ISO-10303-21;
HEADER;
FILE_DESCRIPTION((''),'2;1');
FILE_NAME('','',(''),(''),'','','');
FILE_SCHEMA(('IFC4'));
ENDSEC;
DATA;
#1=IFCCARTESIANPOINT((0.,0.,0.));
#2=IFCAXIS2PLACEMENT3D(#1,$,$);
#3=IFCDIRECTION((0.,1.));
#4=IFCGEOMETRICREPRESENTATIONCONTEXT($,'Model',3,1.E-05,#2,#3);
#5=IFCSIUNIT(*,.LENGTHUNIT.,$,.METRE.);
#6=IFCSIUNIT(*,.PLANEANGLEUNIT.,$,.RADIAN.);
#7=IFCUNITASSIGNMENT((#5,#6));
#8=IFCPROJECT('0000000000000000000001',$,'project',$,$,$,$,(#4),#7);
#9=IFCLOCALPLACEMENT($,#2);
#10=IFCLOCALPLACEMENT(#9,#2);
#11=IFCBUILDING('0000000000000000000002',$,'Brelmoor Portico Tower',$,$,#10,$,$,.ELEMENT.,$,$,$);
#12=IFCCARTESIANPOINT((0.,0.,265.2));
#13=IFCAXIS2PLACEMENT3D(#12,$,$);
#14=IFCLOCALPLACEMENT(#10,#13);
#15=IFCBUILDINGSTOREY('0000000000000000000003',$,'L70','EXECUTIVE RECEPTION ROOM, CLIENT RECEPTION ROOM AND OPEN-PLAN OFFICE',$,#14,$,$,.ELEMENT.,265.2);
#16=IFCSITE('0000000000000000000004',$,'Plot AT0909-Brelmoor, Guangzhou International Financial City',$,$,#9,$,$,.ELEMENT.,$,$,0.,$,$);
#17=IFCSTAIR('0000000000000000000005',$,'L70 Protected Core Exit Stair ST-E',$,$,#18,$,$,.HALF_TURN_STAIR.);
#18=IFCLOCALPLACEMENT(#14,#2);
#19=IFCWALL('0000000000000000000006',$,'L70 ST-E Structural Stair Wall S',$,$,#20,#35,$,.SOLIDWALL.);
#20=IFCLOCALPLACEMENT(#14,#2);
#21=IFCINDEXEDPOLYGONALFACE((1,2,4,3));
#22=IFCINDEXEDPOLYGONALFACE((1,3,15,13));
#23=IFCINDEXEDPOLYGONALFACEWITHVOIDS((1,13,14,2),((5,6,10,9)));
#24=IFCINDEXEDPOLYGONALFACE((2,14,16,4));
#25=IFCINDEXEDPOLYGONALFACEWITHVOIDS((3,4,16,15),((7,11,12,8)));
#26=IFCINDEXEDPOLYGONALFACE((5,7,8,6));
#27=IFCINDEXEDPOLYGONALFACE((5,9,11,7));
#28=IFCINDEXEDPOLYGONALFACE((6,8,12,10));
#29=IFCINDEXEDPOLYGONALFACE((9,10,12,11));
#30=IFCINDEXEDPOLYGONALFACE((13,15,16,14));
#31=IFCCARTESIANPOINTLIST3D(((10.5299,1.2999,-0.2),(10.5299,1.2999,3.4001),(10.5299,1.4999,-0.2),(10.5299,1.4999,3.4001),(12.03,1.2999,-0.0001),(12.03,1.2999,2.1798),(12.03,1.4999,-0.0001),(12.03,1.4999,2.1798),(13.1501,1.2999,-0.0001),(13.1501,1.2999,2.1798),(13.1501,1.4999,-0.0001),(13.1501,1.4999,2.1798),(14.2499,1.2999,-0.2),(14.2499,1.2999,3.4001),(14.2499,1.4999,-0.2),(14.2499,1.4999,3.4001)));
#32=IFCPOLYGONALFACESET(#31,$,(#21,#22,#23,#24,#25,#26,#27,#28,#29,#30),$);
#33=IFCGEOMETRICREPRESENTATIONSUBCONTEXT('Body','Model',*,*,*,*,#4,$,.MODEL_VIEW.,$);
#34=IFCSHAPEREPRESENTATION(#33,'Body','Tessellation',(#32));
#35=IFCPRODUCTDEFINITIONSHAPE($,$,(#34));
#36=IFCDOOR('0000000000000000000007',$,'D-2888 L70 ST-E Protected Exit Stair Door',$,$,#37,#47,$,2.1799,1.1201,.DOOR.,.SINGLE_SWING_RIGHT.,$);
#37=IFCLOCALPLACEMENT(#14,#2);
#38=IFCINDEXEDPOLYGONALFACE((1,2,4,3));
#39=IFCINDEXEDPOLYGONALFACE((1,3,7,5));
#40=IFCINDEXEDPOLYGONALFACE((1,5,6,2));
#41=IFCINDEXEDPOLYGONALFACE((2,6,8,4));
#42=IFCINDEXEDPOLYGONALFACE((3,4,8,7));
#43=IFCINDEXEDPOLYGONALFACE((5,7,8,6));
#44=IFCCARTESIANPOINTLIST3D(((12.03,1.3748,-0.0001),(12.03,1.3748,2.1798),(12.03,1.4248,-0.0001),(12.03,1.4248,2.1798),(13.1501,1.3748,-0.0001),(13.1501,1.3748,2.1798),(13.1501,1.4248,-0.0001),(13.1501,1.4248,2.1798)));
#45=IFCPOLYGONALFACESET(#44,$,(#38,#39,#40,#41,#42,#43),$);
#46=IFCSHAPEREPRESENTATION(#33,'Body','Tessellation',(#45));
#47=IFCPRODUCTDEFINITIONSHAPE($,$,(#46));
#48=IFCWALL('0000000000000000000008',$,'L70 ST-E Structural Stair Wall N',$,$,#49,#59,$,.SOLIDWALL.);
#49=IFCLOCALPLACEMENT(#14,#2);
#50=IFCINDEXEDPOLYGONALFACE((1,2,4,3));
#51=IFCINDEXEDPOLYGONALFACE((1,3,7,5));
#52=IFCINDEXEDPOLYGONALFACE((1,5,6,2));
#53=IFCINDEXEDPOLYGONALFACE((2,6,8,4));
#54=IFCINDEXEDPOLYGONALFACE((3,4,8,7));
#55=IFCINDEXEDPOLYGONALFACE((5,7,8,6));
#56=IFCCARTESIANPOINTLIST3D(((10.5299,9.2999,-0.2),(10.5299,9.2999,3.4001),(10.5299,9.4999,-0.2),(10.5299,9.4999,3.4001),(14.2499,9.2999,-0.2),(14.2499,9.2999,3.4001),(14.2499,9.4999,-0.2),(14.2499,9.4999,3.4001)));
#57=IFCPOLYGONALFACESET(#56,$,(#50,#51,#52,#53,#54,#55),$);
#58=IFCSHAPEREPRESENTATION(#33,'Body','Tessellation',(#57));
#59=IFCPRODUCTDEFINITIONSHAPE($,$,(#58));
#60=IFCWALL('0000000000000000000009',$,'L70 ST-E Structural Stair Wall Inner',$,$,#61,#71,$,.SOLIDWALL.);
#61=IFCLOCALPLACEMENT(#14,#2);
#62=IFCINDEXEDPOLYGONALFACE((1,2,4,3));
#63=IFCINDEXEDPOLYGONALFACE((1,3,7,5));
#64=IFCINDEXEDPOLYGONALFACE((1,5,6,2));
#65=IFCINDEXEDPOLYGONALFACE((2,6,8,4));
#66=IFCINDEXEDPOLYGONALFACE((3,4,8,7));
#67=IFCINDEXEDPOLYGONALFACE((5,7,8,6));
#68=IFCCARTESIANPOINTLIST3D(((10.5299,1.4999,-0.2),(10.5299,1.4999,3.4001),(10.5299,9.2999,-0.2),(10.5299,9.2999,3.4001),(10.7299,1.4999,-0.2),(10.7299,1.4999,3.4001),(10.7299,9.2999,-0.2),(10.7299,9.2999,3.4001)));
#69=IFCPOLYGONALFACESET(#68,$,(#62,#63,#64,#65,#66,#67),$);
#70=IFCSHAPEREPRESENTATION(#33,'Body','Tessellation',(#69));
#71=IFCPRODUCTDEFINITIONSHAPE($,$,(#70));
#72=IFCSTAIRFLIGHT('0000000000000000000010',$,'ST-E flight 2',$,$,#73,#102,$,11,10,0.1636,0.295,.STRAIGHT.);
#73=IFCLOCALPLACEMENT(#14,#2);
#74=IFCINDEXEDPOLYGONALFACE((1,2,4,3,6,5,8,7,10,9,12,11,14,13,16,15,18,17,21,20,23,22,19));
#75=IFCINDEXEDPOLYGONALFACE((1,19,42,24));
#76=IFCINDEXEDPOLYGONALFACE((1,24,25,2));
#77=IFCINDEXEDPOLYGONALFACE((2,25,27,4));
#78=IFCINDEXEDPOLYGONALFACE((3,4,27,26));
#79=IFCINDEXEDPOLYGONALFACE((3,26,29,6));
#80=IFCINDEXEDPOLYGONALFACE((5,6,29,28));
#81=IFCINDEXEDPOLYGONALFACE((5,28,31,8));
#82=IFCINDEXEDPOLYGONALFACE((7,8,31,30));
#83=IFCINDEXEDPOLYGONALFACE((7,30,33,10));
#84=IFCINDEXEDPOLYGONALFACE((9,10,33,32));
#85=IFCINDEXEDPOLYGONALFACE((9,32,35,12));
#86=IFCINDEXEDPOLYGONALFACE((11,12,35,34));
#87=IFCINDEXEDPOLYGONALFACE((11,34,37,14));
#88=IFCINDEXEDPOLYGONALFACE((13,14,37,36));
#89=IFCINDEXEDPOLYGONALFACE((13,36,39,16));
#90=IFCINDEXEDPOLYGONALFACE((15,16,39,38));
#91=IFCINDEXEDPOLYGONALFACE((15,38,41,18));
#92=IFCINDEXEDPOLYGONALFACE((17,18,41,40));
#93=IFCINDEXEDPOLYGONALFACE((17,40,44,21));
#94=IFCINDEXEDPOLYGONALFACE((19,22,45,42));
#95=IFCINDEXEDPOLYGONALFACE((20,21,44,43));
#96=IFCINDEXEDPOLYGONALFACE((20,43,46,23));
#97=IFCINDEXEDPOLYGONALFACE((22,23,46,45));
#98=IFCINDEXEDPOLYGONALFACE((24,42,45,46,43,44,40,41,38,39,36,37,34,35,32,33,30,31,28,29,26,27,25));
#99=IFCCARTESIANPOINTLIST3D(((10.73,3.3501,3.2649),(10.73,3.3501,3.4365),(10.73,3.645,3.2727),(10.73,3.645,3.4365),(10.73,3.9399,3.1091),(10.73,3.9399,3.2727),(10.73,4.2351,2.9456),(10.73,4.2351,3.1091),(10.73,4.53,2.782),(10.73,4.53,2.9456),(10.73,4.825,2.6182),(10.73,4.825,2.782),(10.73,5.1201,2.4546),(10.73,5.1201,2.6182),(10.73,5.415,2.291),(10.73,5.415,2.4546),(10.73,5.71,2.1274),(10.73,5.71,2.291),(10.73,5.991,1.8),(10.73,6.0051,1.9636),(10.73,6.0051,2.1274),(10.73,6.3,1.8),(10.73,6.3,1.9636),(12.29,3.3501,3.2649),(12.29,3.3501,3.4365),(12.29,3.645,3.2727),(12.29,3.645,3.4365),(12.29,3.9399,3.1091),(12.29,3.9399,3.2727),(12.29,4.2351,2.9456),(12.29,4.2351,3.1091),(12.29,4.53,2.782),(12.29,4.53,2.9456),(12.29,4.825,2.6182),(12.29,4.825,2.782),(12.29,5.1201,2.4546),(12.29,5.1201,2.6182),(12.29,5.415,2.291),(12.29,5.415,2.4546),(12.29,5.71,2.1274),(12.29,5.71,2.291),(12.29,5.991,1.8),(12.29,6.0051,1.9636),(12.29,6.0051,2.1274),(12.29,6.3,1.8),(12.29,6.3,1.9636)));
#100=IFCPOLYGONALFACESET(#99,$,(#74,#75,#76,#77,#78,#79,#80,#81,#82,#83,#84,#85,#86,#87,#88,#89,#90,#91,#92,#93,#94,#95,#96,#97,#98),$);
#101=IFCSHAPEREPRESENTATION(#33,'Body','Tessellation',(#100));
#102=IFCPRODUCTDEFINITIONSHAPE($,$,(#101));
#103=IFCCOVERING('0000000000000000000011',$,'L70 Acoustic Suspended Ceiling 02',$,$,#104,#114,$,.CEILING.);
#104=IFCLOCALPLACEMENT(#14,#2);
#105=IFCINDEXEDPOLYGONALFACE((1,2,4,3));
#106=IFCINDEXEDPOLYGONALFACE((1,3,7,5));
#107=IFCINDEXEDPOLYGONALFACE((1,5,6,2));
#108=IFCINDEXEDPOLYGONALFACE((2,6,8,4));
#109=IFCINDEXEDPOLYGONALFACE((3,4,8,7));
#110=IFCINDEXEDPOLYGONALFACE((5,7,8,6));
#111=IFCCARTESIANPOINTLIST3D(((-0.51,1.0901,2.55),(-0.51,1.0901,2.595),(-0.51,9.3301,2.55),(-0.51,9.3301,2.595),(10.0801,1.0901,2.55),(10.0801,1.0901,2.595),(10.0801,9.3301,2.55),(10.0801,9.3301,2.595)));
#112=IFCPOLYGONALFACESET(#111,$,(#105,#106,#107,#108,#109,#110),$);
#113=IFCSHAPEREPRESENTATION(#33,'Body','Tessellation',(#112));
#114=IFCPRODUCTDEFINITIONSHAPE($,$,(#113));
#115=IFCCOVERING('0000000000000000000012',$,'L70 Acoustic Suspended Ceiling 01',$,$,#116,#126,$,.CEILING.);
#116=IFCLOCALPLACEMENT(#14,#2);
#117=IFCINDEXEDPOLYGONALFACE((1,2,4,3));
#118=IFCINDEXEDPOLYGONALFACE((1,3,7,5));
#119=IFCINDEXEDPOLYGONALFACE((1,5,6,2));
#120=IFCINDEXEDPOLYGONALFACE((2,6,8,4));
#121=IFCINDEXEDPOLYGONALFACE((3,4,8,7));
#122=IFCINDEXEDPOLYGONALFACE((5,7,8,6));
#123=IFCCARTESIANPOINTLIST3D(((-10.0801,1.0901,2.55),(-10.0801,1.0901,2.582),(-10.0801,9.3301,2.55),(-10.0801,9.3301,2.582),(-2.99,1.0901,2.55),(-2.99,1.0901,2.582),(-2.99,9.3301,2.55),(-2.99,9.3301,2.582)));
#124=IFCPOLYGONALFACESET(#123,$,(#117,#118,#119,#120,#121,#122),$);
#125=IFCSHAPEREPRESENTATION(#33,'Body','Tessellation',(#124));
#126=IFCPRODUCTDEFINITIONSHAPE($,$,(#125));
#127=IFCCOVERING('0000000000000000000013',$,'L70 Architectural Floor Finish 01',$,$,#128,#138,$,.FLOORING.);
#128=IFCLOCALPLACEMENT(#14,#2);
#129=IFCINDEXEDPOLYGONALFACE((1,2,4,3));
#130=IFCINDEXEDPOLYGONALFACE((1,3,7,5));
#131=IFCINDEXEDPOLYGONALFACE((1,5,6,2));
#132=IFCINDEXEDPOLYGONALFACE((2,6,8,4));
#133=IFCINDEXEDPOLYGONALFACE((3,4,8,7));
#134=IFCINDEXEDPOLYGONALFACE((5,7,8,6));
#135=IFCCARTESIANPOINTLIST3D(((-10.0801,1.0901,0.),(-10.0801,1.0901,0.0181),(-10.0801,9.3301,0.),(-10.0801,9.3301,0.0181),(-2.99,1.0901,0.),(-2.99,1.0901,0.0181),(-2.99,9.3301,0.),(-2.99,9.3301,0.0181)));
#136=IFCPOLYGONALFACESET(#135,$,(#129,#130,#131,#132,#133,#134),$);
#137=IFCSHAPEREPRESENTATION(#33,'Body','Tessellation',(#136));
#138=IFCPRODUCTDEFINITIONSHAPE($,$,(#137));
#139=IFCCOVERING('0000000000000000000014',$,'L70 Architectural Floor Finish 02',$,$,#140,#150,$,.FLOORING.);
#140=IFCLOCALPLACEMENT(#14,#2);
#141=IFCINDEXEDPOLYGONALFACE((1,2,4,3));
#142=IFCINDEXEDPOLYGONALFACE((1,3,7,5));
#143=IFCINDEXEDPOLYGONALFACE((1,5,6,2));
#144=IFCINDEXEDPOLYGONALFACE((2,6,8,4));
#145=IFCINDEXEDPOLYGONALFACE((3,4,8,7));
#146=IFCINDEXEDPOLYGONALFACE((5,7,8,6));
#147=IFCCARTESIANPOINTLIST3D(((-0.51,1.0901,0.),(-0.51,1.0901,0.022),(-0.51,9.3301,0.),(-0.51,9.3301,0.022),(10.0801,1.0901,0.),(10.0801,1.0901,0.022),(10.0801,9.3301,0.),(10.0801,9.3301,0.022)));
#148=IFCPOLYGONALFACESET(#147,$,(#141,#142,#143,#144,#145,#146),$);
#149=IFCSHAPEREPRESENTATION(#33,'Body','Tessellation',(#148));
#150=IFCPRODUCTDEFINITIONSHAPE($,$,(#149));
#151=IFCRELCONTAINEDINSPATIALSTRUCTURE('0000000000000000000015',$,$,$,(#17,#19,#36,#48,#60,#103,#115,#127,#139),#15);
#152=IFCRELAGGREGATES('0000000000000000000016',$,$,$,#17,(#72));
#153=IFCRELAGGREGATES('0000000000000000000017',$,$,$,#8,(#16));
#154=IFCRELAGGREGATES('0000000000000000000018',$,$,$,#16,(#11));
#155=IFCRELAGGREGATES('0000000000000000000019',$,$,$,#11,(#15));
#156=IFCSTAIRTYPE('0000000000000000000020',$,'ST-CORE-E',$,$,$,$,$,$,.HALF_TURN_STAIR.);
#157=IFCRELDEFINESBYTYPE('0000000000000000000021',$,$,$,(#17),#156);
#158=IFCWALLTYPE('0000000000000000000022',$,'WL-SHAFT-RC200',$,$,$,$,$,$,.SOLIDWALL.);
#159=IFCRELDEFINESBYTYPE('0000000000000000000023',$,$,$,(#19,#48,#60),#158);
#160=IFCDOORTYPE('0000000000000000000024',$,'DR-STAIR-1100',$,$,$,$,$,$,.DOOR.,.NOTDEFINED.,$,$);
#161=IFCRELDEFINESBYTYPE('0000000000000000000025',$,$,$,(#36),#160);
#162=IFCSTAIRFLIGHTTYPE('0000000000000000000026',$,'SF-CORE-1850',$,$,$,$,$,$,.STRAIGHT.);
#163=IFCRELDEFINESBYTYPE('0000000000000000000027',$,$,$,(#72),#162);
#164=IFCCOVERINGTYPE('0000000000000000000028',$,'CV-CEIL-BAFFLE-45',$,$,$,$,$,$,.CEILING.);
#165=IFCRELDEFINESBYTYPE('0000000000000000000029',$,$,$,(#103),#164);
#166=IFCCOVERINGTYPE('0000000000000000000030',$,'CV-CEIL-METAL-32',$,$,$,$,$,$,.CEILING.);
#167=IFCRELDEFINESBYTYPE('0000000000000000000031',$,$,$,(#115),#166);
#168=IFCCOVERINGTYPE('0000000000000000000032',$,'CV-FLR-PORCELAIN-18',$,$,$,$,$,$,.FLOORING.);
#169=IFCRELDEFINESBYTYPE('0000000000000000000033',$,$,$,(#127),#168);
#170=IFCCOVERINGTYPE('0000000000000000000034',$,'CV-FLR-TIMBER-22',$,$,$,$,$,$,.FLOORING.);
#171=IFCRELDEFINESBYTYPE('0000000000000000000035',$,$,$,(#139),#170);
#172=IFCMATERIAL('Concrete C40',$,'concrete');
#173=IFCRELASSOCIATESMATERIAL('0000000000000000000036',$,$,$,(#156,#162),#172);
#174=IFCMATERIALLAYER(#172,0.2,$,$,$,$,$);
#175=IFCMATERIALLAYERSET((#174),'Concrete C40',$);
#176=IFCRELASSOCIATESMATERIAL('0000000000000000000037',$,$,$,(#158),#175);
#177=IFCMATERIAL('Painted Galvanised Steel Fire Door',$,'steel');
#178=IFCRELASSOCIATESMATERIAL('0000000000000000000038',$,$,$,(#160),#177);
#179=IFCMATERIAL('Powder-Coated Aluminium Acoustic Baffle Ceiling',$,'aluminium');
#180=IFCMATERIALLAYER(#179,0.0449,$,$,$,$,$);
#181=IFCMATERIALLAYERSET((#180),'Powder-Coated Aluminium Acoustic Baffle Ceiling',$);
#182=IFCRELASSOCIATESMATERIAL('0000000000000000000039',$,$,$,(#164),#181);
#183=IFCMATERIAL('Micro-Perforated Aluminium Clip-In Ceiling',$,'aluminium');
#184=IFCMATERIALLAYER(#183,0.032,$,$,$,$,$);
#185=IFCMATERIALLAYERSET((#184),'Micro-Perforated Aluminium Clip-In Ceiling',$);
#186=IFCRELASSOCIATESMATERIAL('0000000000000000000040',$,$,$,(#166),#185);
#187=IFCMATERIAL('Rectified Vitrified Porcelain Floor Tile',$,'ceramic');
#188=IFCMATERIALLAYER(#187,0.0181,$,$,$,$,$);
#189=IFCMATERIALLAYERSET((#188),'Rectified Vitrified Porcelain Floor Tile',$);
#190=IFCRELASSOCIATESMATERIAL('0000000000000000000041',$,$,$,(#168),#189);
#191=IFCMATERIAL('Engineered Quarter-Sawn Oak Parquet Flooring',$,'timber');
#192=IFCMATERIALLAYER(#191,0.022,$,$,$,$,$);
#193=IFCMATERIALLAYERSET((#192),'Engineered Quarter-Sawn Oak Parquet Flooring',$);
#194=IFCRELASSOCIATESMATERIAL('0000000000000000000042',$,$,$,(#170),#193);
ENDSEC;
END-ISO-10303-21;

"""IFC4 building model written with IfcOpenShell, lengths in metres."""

from ifc_helpers import new_model, si_unit, direction, frame, frame_2d, origin, place, context, subcontext, project, spatial, polyline, rectangle, outline, extrude, material, layer, layer_set, type_object, element, fill, aggregate, save


model = new_model("IFC4")

# Units and contexts
model_context = context("Model", 3, precision=1e-05, world=origin(), true_north=direction((0.0, 1.0)))
body_context = subcontext(model_context, "Body", "Model", "MODEL_VIEW")
ifc_project = project(units=[si_unit("LENGTHUNIT", "METRE"), si_unit("PLANEANGLEUNIT", "RADIAN")], contexts=[model_context])

# Site, building, storey
site_placement = place(None, origin())
site = spatial("IfcSite", under=ifc_project, at=site_placement, Name="Plot AT0909-Brelmoor, Guangzhou International Financial City", CompositionType="ELEMENT", RefElevation=0.0)
building_placement = place(site_placement, origin())
building = spatial("IfcBuilding", under=site, at=building_placement, Name="Brelmoor Portico Tower", CompositionType="ELEMENT")
storey_placement = place(building_placement, frame((0.0, 0.0, 265.2)))
storey = spatial("IfcBuildingStorey", under=building, at=storey_placement, Name="L70", Description="EXECUTIVE RECEPTION ROOM, CLIENT RECEPTION ROOM AND OPEN-PLAN OFFICE", CompositionType="ELEMENT", Elevation=265.2)

# Shared definitions
ifc_material_1 = material(Name="Concrete C40", Category="concrete")

# Stair
stair_type_1 = type_object("IfcStairType", Name="ST-CORE-E", PredefinedType="HALF_TURN_STAIR", material=ifc_material_1)
stair_1_placement = place(storey_placement, origin())
stair_1 = element("IfcStair", 1, at=stair_1_placement, inside=storey, type_object=stair_type_1, Name="L70 Protected Core Exit Stair ST-E", PredefinedType="HALF_TURN_STAIR")

# Wall, opening, door
ifc_layer_1 = layer(ifc_material_1, 0.2)
ifc_layer_set_1 = layer_set([ifc_layer_1], Name="Concrete C40")
wall_type_1 = type_object("IfcWallType", Name="WL-SHAFT-RC200", PredefinedType="SOLIDWALL", material=ifc_layer_set_1)
wall_1_placement = place(storey_placement, frame((10.53, 1.3999, -0.2), z_axis=(0.0, 0.0, 1.0), x_axis=(1.0, 0.0, 0.0)))
wall_1 = element("IfcWall", 2, at=wall_1_placement, inside=storey, type_object=wall_type_1, Name="L70 ST-E Structural Stair Wall S", PredefinedType="SOLIDWALL", context=body_context, shape_type="SweptSolid", body=[
    extrude(rectangle(XDim=3.72, YDim=0.2, at=frame_2d((1.8599, 0.0))), origin(), (0.0, 0.0, 1.0), 3.6001),
])
opening_placement = place(wall_1_placement, frame((1.5, 0.0, 0.2)))
opening = element("IfcOpeningElement", 3, at=opening_placement, cuts=wall_1, PredefinedType="OPENING", context=body_context, shape_type="SweptSolid", body=[
    extrude(rectangle(XDim=1.1201, YDim=2.1799, at=frame_2d((0.5601, 1.0898))), frame((0.0, 0.1099, 0.0), z_axis=(0.0, -1.0, 0.0), x_axis=(1.0, 0.0, 0.0)), (0.0, 0.0, 1.0), 0.22),
])
ifc_material_2 = material(Name="Painted Galvanised Steel Fire Door", Category="steel")
door_type = type_object("IfcDoorType", Name="DR-STAIR-1100", OperationType="NOTDEFINED", PredefinedType="DOOR", material=ifc_material_2)
door_placement = place(opening_placement, origin())
door = element("IfcDoor", 4, at=door_placement, inside=storey, type_object=door_type, Name="D-2888 L70 ST-E Protected Exit Stair Door", OperationType="SINGLE_SWING_RIGHT", OverallHeight=2.1799, OverallWidth=1.1201, PredefinedType="DOOR", context=body_context, shape_type="SweptSolid", body=[
    extrude(rectangle(XDim=1.1201, YDim=2.1799, at=frame_2d((0.5601, 1.0898))), frame((0.0, 0.0249, 0.0), z_axis=(0.0, -1.0, 0.0), x_axis=(1.0, 0.0, 0.0)), (0.0, 0.0, 1.0), 0.05),
])
fill(opening, door)

# Walls
wall_2_placement = place(storey_placement, frame((10.53, 9.3999, -0.2), z_axis=(0.0, 0.0, 1.0), x_axis=(1.0, 0.0, 0.0)))
element("IfcWall", 5, at=wall_2_placement, inside=storey, type_object=wall_type_1, Name="L70 ST-E Structural Stair Wall N", PredefinedType="SOLIDWALL", context=body_context, shape_type="SweptSolid", body=[
    extrude(rectangle(XDim=3.72, YDim=0.2, at=frame_2d((1.8599, 0.0))), origin(), (0.0, 0.0, 1.0), 3.6001),
])
wall_3_placement = place(storey_placement, frame((10.6299, 1.5, -0.2), z_axis=(0.0, 0.0, 1.0), x_axis=(0.0, 1.0, 0.0)))
element("IfcWall", 6, at=wall_3_placement, inside=storey, type_object=wall_type_1, Name="L70 ST-E Structural Stair Wall Inner", PredefinedType="SOLIDWALL", context=body_context, shape_type="SweptSolid", body=[
    extrude(rectangle(XDim=7.8, YDim=0.2, at=frame_2d((3.8999, 0.0))), origin(), (0.0, 0.0, 1.0), 3.6001),
])

# Stair flight
stair_flight_type = type_object("IfcStairFlightType", Name="SF-CORE-1850", PredefinedType="STRAIGHT", material=ifc_material_1)
stair_flight_placement = place(storey_placement, frame((11.51, 6.3, 1.8), z_axis=(0.0, 0.0, 1.0), x_axis=(0.0, -1.0, 0.0)))
stair_flight = element("IfcStairFlight", 7, at=stair_flight_placement, type_object=stair_flight_type, Name="ST-E flight 2", NumberOfRisers=11, NumberOfTreads=10, PredefinedType="STRAIGHT", RiserHeight=0.1636, TreadLength=0.295, context=body_context, shape_type="SweptSolid", body=[
    extrude(outline(polyline([(0.0, 0.0), (0.0, 0.1636), (0.2949, 0.1636), (0.2949, 0.3274), (0.5901, 0.3274), (0.5901, 0.491), (0.885, 0.491), (0.885, 0.6545), (1.1799, 0.6545), (1.1799, 0.8181), (1.4751, 0.8181), (1.4751, 0.9819), (1.77, 0.9819), (1.77, 1.1455), (2.0649, 1.1455), (2.0649, 1.3091), (2.3601, 1.3091), (2.3601, 1.4727), (2.655, 1.4727), (2.655, 1.6365), (2.95, 1.6365), (2.95, 1.8), (2.95, 1.4648), (0.3091, 0.0), (0.0, 0.0)])), frame((0.0, 0.78, 0.0), z_axis=(0.0, -1.0, 0.0), x_axis=(1.0, 0.0, 0.0)), (0.0, 0.0, 1.0), 1.5601),
])
aggregate(stair_1, [stair_flight])

# Coverings
ifc_material_3 = material(Name="Powder-Coated Aluminium Acoustic Baffle Ceiling", Category="aluminium")
ifc_layer_2 = layer(ifc_material_3, 0.0449)
ifc_layer_set_2 = layer_set([ifc_layer_2], Name="Powder-Coated Aluminium Acoustic Baffle Ceiling")
covering_type_1 = type_object("IfcCoveringType", Name="CV-CEIL-BAFFLE-45", PredefinedType="CEILING", material=ifc_layer_set_2)
covering_1_placement = place(storey_placement, frame((0.0, 0.0, 2.55)))
element("IfcCovering", 8, at=covering_1_placement, inside=storey, type_object=covering_type_1, Name="L70 Acoustic Suspended Ceiling 02", PredefinedType="CEILING", context=body_context, shape_type="SweptSolid", body=[
    extrude(outline(polyline([(-0.51, 1.0901), (-0.51, 9.3301), (10.0801, 9.3301), (10.0801, 1.0901), (-0.51, 1.0901)])), origin(), (0.0, 0.0, 1.0), 0.0449),
])
ifc_material_4 = material(Name="Micro-Perforated Aluminium Clip-In Ceiling", Category="aluminium")
ifc_layer_3 = layer(ifc_material_4, 0.032)
ifc_layer_set_3 = layer_set([ifc_layer_3], Name="Micro-Perforated Aluminium Clip-In Ceiling")
covering_type_2 = type_object("IfcCoveringType", Name="CV-CEIL-METAL-32", PredefinedType="CEILING", material=ifc_layer_set_3)
covering_2_placement = place(storey_placement, frame((0.0, 0.0, 2.55)))
element("IfcCovering", 9, at=covering_2_placement, inside=storey, type_object=covering_type_2, Name="L70 Acoustic Suspended Ceiling 01", PredefinedType="CEILING", context=body_context, shape_type="SweptSolid", body=[
    extrude(outline(polyline([(-10.0801, 1.0901), (-10.0801, 9.3301), (-2.99, 9.3301), (-2.99, 1.0901), (-10.0801, 1.0901)])), origin(), (0.0, 0.0, 1.0), 0.032),
])
ifc_material_5 = material(Name="Rectified Vitrified Porcelain Floor Tile", Category="ceramic")
ifc_layer_4 = layer(ifc_material_5, 0.0181)
ifc_layer_set_4 = layer_set([ifc_layer_4], Name="Rectified Vitrified Porcelain Floor Tile")
covering_type_3 = type_object("IfcCoveringType", Name="CV-FLR-PORCELAIN-18", PredefinedType="FLOORING", material=ifc_layer_set_4)
covering_3_placement = place(storey_placement, origin())
element("IfcCovering", 10, at=covering_3_placement, inside=storey, type_object=covering_type_3, Name="L70 Architectural Floor Finish 01", PredefinedType="FLOORING", context=body_context, shape_type="SweptSolid", body=[
    extrude(outline(polyline([(-10.0801, 1.0901), (-10.0801, 9.3301), (-2.99, 9.3301), (-2.99, 1.0901), (-10.0801, 1.0901)])), origin(), (0.0, 0.0, 1.0), 0.0181),
])
ifc_material_6 = material(Name="Engineered Quarter-Sawn Oak Parquet Flooring", Category="timber")
ifc_layer_5 = layer(ifc_material_6, 0.022)
ifc_layer_set_5 = layer_set([ifc_layer_5], Name="Engineered Quarter-Sawn Oak Parquet Flooring")
covering_type_4 = type_object("IfcCoveringType", Name="CV-FLR-TIMBER-22", PredefinedType="FLOORING", material=ifc_layer_set_5)
covering_4_placement = place(storey_placement, origin())
element("IfcCovering", 11, at=covering_4_placement, inside=storey, type_object=covering_type_4, Name="L70 Architectural Floor Finish 02", PredefinedType="FLOORING", context=body_context, shape_type="SweptSolid", body=[
    extrude(outline(polyline([(-0.51, 1.0901), (-0.51, 9.3301), (10.0801, 9.3301), (10.0801, 1.0901), (-0.51, 1.0901)])), origin(), (0.0, 0.0, 1.0), 0.022),
])

save(model, "model.ifc")
